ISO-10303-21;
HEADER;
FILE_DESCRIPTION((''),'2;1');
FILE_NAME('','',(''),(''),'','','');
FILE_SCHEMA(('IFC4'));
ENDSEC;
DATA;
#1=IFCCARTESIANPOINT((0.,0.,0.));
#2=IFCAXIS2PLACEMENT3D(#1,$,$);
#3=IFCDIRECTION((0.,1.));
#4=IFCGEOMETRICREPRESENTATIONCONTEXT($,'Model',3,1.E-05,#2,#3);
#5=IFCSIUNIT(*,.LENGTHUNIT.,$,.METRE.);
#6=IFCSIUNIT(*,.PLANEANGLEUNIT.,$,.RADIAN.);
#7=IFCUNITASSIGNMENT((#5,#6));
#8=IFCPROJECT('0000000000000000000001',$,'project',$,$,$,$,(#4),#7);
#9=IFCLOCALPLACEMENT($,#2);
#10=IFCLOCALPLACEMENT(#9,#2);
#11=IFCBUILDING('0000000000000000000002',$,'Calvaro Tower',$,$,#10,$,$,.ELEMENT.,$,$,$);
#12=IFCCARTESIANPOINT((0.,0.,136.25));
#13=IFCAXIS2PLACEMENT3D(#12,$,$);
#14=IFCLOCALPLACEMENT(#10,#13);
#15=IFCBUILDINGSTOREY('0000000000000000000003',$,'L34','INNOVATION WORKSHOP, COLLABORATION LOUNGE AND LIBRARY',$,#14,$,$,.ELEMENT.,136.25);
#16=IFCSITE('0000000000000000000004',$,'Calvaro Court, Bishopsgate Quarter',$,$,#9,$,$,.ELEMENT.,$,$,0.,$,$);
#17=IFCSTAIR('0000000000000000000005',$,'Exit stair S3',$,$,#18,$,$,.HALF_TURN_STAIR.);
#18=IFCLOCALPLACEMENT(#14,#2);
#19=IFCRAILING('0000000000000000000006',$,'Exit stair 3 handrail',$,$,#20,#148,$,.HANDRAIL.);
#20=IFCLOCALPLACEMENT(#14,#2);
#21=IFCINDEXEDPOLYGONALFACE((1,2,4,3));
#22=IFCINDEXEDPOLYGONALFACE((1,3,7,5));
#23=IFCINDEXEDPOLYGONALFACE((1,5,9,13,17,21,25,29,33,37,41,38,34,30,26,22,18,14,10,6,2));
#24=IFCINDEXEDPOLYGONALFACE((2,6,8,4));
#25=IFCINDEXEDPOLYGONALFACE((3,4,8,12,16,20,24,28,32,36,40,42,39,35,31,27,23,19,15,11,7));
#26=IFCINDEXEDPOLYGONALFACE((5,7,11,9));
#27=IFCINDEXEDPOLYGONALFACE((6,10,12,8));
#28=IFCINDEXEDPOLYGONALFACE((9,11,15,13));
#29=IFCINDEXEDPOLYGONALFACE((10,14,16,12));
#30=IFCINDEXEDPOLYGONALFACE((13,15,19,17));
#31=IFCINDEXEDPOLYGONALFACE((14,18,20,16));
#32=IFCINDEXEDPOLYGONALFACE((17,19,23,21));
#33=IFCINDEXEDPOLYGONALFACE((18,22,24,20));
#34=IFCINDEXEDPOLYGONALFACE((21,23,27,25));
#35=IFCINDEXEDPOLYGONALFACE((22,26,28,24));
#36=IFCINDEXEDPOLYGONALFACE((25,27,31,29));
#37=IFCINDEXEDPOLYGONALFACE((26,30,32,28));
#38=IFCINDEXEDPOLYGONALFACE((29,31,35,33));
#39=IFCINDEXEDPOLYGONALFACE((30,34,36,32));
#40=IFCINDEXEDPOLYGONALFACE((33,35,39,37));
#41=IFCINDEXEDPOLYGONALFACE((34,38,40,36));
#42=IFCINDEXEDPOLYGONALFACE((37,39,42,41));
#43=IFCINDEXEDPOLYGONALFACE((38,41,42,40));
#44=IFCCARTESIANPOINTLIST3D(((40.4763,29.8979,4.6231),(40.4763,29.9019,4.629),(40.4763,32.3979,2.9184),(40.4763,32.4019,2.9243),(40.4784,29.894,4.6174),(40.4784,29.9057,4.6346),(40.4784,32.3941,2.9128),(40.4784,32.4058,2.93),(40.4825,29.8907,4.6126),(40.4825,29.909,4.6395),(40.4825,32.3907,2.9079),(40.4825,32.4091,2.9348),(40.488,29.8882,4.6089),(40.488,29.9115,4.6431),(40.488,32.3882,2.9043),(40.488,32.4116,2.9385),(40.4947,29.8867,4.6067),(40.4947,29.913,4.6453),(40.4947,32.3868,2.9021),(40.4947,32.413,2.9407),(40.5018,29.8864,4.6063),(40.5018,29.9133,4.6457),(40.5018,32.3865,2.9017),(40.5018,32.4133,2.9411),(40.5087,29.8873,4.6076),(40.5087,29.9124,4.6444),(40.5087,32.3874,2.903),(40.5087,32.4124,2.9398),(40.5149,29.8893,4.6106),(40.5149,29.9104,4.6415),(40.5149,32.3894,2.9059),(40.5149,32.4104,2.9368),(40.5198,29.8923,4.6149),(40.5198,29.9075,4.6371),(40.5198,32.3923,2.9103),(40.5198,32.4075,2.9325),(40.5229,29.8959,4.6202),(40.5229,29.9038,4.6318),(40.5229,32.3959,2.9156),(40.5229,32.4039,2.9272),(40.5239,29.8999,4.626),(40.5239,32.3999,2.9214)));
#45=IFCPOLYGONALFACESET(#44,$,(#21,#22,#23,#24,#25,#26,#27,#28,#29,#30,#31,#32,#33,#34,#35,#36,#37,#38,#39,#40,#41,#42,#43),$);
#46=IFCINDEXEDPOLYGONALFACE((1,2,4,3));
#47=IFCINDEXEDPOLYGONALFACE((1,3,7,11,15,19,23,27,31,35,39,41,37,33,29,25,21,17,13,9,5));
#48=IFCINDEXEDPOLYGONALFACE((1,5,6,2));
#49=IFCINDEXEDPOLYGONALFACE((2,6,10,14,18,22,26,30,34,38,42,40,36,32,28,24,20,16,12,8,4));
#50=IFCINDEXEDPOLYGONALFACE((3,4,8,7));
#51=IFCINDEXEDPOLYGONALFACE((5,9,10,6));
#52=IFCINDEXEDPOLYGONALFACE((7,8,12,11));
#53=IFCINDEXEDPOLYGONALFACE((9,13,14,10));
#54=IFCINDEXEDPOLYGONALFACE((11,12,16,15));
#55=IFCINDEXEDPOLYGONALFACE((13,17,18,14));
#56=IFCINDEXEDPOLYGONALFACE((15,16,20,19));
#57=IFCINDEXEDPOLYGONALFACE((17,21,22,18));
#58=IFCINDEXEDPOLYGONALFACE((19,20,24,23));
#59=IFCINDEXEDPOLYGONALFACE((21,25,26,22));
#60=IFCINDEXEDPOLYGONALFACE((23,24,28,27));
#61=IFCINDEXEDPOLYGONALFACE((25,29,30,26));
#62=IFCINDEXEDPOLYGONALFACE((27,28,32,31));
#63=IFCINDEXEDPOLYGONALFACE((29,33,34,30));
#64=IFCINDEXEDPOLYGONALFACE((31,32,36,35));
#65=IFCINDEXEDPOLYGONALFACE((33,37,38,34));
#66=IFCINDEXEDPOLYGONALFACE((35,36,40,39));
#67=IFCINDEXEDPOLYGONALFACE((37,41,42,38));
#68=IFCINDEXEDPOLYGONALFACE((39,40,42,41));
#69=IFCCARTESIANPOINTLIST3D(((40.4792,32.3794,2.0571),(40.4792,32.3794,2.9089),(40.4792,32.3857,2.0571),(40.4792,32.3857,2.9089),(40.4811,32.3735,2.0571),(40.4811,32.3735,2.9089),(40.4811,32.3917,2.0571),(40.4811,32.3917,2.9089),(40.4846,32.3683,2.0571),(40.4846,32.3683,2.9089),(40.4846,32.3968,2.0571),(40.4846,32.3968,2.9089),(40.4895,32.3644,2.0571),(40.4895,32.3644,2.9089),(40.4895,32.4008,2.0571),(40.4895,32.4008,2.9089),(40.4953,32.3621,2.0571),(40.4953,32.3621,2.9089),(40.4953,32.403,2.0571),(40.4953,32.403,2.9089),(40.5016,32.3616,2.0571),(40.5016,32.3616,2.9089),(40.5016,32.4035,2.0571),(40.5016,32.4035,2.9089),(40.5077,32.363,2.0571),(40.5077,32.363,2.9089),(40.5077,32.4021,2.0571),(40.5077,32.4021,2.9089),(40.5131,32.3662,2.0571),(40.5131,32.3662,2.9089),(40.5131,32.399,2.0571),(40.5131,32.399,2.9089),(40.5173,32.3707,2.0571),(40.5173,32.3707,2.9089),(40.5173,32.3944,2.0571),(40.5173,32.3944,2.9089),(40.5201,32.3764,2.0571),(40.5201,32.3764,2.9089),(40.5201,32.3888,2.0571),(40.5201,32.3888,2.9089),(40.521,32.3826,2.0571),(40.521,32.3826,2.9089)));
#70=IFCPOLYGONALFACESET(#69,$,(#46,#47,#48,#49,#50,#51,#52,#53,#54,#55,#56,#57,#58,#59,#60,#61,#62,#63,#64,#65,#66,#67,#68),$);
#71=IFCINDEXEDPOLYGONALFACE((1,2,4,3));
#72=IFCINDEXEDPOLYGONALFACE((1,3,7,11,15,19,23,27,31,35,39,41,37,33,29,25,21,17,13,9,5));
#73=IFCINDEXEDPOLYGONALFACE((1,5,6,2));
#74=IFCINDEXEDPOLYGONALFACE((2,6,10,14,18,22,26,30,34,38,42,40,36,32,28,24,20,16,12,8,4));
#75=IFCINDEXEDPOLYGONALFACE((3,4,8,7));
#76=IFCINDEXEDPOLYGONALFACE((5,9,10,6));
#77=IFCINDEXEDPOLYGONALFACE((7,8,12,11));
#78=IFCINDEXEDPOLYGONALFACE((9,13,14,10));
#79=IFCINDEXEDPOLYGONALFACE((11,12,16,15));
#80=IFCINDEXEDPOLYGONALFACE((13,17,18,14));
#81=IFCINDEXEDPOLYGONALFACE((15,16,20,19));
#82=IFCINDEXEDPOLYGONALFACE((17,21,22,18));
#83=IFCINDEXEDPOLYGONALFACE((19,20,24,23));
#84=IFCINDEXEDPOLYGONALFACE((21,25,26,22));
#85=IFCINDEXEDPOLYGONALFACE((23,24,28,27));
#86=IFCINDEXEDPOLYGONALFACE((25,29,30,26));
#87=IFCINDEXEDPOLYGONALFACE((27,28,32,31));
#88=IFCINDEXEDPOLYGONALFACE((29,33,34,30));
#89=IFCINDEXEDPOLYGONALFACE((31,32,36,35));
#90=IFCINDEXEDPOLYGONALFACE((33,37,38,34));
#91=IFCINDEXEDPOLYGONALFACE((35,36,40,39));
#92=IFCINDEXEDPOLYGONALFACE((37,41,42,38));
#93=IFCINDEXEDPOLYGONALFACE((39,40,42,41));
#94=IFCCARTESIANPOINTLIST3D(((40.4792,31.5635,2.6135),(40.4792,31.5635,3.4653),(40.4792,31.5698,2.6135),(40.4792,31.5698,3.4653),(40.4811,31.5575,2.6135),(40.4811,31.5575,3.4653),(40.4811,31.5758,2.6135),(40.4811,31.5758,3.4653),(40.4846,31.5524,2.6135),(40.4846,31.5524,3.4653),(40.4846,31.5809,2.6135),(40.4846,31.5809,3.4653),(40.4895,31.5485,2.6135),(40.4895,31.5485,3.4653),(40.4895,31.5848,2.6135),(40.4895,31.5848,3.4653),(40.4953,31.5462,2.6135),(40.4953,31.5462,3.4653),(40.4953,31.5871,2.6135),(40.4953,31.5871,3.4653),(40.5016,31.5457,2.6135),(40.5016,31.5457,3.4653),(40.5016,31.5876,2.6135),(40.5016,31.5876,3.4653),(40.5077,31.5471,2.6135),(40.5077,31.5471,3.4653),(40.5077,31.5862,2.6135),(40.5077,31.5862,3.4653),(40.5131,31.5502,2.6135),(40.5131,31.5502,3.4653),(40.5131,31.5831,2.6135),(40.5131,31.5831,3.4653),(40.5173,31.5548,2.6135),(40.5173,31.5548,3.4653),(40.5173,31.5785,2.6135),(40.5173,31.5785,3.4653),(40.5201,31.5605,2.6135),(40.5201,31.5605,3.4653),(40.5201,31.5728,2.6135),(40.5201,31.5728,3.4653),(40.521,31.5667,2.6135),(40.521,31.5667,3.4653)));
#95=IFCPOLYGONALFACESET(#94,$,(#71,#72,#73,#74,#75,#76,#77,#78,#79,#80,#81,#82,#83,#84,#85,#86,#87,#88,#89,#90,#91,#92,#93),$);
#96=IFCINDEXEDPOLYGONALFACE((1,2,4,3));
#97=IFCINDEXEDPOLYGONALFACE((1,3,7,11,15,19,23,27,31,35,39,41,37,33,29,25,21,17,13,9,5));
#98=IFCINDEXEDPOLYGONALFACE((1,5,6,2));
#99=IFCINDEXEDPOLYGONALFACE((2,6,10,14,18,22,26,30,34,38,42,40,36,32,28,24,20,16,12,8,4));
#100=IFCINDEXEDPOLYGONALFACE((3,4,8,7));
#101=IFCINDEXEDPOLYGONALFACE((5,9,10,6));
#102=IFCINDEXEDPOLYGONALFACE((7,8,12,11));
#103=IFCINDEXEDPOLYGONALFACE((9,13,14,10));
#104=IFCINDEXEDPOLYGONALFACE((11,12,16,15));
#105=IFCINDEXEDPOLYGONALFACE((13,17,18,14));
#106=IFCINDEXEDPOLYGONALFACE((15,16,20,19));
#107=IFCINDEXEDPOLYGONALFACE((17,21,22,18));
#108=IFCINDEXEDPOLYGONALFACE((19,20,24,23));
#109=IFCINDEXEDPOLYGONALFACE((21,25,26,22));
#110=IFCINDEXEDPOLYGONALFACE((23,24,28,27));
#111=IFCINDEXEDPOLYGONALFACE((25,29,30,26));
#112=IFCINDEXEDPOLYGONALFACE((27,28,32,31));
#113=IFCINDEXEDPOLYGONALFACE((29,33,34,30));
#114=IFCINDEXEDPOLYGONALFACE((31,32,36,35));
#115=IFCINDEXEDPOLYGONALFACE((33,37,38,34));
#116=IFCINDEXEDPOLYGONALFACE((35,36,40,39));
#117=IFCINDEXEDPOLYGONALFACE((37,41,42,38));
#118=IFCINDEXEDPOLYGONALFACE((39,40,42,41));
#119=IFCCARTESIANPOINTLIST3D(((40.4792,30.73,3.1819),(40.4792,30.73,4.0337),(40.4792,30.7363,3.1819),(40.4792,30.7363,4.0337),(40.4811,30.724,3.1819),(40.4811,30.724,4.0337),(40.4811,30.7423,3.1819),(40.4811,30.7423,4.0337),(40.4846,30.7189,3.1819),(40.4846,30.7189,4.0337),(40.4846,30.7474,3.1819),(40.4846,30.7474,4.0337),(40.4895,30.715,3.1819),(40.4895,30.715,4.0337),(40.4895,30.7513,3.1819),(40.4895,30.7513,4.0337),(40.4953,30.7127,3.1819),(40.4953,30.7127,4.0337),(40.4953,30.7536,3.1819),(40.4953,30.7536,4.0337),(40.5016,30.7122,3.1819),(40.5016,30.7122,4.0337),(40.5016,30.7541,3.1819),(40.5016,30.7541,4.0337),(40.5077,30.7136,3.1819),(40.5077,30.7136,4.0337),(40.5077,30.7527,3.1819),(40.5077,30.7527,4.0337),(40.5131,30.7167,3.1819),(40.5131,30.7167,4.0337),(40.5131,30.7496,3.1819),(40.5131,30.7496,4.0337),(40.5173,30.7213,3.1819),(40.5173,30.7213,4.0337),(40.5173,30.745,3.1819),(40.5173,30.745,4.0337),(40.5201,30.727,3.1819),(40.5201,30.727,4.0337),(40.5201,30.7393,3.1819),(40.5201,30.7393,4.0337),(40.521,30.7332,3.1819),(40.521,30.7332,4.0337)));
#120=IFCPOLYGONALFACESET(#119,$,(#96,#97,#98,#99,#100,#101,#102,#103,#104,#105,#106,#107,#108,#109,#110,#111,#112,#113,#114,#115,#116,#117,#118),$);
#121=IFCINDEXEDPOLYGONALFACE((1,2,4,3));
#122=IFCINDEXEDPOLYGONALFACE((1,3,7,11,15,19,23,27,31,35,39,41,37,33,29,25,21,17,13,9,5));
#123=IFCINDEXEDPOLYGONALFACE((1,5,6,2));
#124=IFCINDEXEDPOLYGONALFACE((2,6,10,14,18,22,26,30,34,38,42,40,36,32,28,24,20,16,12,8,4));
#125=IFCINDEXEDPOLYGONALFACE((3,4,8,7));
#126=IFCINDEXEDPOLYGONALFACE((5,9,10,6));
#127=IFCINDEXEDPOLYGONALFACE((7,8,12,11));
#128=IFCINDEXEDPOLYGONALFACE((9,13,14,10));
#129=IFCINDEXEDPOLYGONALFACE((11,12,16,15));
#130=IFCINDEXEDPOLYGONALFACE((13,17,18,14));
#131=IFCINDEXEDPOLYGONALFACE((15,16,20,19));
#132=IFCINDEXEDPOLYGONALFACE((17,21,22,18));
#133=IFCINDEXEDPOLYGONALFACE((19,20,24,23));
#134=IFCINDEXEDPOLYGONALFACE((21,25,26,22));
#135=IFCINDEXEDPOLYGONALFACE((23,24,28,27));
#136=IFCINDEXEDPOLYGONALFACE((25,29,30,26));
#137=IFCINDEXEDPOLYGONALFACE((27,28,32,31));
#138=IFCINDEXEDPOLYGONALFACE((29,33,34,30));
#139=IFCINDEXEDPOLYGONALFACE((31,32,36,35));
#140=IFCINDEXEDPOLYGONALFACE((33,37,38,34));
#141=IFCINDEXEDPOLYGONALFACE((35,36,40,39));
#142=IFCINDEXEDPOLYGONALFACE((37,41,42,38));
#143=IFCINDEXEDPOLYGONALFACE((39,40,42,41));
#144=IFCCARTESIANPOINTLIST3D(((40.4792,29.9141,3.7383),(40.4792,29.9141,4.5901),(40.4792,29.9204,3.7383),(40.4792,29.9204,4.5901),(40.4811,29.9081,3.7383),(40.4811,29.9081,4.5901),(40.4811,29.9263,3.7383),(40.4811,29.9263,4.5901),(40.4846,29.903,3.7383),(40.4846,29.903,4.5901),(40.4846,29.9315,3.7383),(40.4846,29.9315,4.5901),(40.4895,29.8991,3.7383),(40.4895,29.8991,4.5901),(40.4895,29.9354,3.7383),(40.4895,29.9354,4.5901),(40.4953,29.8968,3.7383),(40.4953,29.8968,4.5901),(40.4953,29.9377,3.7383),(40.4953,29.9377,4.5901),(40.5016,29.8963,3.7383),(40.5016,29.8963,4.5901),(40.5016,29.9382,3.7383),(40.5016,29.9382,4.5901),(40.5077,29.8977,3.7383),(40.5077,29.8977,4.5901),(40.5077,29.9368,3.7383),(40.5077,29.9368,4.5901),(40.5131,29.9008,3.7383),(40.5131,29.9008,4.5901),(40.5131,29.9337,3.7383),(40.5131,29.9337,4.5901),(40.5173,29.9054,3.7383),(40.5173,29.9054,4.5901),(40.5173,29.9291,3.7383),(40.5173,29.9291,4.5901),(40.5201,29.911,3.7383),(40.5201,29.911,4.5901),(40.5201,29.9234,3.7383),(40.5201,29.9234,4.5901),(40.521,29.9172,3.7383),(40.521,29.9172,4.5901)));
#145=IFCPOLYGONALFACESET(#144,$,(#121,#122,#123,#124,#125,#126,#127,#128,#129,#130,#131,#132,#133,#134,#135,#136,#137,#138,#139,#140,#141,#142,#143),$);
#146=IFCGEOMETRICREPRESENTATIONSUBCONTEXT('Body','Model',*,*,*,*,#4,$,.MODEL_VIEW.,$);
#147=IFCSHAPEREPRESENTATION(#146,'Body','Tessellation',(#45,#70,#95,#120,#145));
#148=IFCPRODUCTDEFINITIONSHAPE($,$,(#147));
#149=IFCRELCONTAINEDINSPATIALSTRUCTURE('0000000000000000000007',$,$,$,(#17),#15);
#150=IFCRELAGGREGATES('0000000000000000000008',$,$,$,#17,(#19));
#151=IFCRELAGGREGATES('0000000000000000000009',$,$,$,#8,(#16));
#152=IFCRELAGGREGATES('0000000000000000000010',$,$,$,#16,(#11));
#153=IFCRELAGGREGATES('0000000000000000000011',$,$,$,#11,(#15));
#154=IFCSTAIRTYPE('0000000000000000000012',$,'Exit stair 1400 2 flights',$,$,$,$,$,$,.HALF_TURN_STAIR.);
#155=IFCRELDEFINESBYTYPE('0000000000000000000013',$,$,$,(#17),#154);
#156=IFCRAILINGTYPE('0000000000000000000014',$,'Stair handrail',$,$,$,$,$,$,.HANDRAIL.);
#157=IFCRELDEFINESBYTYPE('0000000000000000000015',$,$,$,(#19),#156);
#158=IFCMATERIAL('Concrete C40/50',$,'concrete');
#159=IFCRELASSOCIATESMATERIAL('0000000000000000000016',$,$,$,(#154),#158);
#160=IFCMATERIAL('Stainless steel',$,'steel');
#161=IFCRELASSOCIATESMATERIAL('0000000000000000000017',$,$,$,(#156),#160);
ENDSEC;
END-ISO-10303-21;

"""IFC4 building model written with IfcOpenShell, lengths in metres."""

from ifc_helpers import new_model, si_unit, direction, frame, origin, origin_2d, place, context, subcontext, project, spatial, circle, extrude, material, type_object, element, aggregate, save


model = new_model("IFC4")

# Units and contexts
model_context = context("Model", 3, precision=1e-05, world=origin(), true_north=direction((0.0, 1.0)))
body_context = subcontext(model_context, "Body", "Model", "MODEL_VIEW")
ifc_project = project(units=[si_unit("LENGTHUNIT", "METRE"), si_unit("PLANEANGLEUNIT", "RADIAN")], contexts=[model_context])

# Site, building, storey
site_placement = place(None, origin())
site = spatial("IfcSite", under=ifc_project, at=site_placement, Name="Calvaro Court, Bishopsgate Quarter", CompositionType="ELEMENT", RefElevation=0.0)
building_placement = place(site_placement, origin())
building = spatial("IfcBuilding", under=site, at=building_placement, Name="Calvaro Tower", CompositionType="ELEMENT")
storey_placement = place(building_placement, frame((0.0, 0.0, 136.25)))
storey = spatial("IfcBuildingStorey", under=building, at=storey_placement, Name="L34", Description="INNOVATION WORKSHOP, COLLABORATION LOUNGE AND LIBRARY", CompositionType="ELEMENT", Elevation=136.25)

# Stair
ifc_material_1 = material(Name="Concrete C40/50", Category="concrete")
stair_type = type_object("IfcStairType", Name="Exit stair 1400 2 flights", PredefinedType="HALF_TURN_STAIR", material=ifc_material_1)
stair_1_placement = place(storey_placement, origin())
stair_1 = element("IfcStair", 1, at=stair_1_placement, inside=storey, type_object=stair_type, Name="Exit stair S3", PredefinedType="HALF_TURN_STAIR")

# Railing
ifc_material_2 = material(Name="Stainless steel", Category="steel")
railing_type = type_object("IfcRailingType", Name="Stair handrail", PredefinedType="HANDRAIL", material=ifc_material_2)
railing_1_placement = place(storey_placement, frame((40.5, 32.3999, 2.0454)))
railing_1 = element("IfcRailing", 2, at=railing_1_placement, type_object=railing_type, Name="Exit stair 3 handrail", PredefinedType="HANDRAIL", context=body_context, shape_type="SweptSolid", body=[
    extrude(circle(Radius=0.0239, at=origin_2d()), frame((0.0, 0.0, 0.876), z_axis=(0.0, -0.826221, 0.563347), x_axis=(1.0, 0.0, 0.0)), (0.0, 0.0, 1.0), 3.0259),
    extrude(circle(Radius=0.021, at=origin_2d()), frame((0.0, -0.0173, 0.0117)), (0.0, 0.0, 1.0), 0.8518),
    extrude(circle(Radius=0.021, at=origin_2d()), frame((0.0, -0.8333, 0.5681)), (0.0, 0.0, 1.0), 0.8518),
    extrude(circle(Radius=0.021, at=origin_2d()), frame((0.0, -1.6667, 1.1365)), (0.0, 0.0, 1.0), 0.8518),
    extrude(circle(Radius=0.021, at=origin_2d()), frame((0.0, -2.4827, 1.6929)), (0.0, 0.0, 1.0), 0.8518),
])
aggregate(stair_1, [railing_1])

save(model, "model.ifc")
